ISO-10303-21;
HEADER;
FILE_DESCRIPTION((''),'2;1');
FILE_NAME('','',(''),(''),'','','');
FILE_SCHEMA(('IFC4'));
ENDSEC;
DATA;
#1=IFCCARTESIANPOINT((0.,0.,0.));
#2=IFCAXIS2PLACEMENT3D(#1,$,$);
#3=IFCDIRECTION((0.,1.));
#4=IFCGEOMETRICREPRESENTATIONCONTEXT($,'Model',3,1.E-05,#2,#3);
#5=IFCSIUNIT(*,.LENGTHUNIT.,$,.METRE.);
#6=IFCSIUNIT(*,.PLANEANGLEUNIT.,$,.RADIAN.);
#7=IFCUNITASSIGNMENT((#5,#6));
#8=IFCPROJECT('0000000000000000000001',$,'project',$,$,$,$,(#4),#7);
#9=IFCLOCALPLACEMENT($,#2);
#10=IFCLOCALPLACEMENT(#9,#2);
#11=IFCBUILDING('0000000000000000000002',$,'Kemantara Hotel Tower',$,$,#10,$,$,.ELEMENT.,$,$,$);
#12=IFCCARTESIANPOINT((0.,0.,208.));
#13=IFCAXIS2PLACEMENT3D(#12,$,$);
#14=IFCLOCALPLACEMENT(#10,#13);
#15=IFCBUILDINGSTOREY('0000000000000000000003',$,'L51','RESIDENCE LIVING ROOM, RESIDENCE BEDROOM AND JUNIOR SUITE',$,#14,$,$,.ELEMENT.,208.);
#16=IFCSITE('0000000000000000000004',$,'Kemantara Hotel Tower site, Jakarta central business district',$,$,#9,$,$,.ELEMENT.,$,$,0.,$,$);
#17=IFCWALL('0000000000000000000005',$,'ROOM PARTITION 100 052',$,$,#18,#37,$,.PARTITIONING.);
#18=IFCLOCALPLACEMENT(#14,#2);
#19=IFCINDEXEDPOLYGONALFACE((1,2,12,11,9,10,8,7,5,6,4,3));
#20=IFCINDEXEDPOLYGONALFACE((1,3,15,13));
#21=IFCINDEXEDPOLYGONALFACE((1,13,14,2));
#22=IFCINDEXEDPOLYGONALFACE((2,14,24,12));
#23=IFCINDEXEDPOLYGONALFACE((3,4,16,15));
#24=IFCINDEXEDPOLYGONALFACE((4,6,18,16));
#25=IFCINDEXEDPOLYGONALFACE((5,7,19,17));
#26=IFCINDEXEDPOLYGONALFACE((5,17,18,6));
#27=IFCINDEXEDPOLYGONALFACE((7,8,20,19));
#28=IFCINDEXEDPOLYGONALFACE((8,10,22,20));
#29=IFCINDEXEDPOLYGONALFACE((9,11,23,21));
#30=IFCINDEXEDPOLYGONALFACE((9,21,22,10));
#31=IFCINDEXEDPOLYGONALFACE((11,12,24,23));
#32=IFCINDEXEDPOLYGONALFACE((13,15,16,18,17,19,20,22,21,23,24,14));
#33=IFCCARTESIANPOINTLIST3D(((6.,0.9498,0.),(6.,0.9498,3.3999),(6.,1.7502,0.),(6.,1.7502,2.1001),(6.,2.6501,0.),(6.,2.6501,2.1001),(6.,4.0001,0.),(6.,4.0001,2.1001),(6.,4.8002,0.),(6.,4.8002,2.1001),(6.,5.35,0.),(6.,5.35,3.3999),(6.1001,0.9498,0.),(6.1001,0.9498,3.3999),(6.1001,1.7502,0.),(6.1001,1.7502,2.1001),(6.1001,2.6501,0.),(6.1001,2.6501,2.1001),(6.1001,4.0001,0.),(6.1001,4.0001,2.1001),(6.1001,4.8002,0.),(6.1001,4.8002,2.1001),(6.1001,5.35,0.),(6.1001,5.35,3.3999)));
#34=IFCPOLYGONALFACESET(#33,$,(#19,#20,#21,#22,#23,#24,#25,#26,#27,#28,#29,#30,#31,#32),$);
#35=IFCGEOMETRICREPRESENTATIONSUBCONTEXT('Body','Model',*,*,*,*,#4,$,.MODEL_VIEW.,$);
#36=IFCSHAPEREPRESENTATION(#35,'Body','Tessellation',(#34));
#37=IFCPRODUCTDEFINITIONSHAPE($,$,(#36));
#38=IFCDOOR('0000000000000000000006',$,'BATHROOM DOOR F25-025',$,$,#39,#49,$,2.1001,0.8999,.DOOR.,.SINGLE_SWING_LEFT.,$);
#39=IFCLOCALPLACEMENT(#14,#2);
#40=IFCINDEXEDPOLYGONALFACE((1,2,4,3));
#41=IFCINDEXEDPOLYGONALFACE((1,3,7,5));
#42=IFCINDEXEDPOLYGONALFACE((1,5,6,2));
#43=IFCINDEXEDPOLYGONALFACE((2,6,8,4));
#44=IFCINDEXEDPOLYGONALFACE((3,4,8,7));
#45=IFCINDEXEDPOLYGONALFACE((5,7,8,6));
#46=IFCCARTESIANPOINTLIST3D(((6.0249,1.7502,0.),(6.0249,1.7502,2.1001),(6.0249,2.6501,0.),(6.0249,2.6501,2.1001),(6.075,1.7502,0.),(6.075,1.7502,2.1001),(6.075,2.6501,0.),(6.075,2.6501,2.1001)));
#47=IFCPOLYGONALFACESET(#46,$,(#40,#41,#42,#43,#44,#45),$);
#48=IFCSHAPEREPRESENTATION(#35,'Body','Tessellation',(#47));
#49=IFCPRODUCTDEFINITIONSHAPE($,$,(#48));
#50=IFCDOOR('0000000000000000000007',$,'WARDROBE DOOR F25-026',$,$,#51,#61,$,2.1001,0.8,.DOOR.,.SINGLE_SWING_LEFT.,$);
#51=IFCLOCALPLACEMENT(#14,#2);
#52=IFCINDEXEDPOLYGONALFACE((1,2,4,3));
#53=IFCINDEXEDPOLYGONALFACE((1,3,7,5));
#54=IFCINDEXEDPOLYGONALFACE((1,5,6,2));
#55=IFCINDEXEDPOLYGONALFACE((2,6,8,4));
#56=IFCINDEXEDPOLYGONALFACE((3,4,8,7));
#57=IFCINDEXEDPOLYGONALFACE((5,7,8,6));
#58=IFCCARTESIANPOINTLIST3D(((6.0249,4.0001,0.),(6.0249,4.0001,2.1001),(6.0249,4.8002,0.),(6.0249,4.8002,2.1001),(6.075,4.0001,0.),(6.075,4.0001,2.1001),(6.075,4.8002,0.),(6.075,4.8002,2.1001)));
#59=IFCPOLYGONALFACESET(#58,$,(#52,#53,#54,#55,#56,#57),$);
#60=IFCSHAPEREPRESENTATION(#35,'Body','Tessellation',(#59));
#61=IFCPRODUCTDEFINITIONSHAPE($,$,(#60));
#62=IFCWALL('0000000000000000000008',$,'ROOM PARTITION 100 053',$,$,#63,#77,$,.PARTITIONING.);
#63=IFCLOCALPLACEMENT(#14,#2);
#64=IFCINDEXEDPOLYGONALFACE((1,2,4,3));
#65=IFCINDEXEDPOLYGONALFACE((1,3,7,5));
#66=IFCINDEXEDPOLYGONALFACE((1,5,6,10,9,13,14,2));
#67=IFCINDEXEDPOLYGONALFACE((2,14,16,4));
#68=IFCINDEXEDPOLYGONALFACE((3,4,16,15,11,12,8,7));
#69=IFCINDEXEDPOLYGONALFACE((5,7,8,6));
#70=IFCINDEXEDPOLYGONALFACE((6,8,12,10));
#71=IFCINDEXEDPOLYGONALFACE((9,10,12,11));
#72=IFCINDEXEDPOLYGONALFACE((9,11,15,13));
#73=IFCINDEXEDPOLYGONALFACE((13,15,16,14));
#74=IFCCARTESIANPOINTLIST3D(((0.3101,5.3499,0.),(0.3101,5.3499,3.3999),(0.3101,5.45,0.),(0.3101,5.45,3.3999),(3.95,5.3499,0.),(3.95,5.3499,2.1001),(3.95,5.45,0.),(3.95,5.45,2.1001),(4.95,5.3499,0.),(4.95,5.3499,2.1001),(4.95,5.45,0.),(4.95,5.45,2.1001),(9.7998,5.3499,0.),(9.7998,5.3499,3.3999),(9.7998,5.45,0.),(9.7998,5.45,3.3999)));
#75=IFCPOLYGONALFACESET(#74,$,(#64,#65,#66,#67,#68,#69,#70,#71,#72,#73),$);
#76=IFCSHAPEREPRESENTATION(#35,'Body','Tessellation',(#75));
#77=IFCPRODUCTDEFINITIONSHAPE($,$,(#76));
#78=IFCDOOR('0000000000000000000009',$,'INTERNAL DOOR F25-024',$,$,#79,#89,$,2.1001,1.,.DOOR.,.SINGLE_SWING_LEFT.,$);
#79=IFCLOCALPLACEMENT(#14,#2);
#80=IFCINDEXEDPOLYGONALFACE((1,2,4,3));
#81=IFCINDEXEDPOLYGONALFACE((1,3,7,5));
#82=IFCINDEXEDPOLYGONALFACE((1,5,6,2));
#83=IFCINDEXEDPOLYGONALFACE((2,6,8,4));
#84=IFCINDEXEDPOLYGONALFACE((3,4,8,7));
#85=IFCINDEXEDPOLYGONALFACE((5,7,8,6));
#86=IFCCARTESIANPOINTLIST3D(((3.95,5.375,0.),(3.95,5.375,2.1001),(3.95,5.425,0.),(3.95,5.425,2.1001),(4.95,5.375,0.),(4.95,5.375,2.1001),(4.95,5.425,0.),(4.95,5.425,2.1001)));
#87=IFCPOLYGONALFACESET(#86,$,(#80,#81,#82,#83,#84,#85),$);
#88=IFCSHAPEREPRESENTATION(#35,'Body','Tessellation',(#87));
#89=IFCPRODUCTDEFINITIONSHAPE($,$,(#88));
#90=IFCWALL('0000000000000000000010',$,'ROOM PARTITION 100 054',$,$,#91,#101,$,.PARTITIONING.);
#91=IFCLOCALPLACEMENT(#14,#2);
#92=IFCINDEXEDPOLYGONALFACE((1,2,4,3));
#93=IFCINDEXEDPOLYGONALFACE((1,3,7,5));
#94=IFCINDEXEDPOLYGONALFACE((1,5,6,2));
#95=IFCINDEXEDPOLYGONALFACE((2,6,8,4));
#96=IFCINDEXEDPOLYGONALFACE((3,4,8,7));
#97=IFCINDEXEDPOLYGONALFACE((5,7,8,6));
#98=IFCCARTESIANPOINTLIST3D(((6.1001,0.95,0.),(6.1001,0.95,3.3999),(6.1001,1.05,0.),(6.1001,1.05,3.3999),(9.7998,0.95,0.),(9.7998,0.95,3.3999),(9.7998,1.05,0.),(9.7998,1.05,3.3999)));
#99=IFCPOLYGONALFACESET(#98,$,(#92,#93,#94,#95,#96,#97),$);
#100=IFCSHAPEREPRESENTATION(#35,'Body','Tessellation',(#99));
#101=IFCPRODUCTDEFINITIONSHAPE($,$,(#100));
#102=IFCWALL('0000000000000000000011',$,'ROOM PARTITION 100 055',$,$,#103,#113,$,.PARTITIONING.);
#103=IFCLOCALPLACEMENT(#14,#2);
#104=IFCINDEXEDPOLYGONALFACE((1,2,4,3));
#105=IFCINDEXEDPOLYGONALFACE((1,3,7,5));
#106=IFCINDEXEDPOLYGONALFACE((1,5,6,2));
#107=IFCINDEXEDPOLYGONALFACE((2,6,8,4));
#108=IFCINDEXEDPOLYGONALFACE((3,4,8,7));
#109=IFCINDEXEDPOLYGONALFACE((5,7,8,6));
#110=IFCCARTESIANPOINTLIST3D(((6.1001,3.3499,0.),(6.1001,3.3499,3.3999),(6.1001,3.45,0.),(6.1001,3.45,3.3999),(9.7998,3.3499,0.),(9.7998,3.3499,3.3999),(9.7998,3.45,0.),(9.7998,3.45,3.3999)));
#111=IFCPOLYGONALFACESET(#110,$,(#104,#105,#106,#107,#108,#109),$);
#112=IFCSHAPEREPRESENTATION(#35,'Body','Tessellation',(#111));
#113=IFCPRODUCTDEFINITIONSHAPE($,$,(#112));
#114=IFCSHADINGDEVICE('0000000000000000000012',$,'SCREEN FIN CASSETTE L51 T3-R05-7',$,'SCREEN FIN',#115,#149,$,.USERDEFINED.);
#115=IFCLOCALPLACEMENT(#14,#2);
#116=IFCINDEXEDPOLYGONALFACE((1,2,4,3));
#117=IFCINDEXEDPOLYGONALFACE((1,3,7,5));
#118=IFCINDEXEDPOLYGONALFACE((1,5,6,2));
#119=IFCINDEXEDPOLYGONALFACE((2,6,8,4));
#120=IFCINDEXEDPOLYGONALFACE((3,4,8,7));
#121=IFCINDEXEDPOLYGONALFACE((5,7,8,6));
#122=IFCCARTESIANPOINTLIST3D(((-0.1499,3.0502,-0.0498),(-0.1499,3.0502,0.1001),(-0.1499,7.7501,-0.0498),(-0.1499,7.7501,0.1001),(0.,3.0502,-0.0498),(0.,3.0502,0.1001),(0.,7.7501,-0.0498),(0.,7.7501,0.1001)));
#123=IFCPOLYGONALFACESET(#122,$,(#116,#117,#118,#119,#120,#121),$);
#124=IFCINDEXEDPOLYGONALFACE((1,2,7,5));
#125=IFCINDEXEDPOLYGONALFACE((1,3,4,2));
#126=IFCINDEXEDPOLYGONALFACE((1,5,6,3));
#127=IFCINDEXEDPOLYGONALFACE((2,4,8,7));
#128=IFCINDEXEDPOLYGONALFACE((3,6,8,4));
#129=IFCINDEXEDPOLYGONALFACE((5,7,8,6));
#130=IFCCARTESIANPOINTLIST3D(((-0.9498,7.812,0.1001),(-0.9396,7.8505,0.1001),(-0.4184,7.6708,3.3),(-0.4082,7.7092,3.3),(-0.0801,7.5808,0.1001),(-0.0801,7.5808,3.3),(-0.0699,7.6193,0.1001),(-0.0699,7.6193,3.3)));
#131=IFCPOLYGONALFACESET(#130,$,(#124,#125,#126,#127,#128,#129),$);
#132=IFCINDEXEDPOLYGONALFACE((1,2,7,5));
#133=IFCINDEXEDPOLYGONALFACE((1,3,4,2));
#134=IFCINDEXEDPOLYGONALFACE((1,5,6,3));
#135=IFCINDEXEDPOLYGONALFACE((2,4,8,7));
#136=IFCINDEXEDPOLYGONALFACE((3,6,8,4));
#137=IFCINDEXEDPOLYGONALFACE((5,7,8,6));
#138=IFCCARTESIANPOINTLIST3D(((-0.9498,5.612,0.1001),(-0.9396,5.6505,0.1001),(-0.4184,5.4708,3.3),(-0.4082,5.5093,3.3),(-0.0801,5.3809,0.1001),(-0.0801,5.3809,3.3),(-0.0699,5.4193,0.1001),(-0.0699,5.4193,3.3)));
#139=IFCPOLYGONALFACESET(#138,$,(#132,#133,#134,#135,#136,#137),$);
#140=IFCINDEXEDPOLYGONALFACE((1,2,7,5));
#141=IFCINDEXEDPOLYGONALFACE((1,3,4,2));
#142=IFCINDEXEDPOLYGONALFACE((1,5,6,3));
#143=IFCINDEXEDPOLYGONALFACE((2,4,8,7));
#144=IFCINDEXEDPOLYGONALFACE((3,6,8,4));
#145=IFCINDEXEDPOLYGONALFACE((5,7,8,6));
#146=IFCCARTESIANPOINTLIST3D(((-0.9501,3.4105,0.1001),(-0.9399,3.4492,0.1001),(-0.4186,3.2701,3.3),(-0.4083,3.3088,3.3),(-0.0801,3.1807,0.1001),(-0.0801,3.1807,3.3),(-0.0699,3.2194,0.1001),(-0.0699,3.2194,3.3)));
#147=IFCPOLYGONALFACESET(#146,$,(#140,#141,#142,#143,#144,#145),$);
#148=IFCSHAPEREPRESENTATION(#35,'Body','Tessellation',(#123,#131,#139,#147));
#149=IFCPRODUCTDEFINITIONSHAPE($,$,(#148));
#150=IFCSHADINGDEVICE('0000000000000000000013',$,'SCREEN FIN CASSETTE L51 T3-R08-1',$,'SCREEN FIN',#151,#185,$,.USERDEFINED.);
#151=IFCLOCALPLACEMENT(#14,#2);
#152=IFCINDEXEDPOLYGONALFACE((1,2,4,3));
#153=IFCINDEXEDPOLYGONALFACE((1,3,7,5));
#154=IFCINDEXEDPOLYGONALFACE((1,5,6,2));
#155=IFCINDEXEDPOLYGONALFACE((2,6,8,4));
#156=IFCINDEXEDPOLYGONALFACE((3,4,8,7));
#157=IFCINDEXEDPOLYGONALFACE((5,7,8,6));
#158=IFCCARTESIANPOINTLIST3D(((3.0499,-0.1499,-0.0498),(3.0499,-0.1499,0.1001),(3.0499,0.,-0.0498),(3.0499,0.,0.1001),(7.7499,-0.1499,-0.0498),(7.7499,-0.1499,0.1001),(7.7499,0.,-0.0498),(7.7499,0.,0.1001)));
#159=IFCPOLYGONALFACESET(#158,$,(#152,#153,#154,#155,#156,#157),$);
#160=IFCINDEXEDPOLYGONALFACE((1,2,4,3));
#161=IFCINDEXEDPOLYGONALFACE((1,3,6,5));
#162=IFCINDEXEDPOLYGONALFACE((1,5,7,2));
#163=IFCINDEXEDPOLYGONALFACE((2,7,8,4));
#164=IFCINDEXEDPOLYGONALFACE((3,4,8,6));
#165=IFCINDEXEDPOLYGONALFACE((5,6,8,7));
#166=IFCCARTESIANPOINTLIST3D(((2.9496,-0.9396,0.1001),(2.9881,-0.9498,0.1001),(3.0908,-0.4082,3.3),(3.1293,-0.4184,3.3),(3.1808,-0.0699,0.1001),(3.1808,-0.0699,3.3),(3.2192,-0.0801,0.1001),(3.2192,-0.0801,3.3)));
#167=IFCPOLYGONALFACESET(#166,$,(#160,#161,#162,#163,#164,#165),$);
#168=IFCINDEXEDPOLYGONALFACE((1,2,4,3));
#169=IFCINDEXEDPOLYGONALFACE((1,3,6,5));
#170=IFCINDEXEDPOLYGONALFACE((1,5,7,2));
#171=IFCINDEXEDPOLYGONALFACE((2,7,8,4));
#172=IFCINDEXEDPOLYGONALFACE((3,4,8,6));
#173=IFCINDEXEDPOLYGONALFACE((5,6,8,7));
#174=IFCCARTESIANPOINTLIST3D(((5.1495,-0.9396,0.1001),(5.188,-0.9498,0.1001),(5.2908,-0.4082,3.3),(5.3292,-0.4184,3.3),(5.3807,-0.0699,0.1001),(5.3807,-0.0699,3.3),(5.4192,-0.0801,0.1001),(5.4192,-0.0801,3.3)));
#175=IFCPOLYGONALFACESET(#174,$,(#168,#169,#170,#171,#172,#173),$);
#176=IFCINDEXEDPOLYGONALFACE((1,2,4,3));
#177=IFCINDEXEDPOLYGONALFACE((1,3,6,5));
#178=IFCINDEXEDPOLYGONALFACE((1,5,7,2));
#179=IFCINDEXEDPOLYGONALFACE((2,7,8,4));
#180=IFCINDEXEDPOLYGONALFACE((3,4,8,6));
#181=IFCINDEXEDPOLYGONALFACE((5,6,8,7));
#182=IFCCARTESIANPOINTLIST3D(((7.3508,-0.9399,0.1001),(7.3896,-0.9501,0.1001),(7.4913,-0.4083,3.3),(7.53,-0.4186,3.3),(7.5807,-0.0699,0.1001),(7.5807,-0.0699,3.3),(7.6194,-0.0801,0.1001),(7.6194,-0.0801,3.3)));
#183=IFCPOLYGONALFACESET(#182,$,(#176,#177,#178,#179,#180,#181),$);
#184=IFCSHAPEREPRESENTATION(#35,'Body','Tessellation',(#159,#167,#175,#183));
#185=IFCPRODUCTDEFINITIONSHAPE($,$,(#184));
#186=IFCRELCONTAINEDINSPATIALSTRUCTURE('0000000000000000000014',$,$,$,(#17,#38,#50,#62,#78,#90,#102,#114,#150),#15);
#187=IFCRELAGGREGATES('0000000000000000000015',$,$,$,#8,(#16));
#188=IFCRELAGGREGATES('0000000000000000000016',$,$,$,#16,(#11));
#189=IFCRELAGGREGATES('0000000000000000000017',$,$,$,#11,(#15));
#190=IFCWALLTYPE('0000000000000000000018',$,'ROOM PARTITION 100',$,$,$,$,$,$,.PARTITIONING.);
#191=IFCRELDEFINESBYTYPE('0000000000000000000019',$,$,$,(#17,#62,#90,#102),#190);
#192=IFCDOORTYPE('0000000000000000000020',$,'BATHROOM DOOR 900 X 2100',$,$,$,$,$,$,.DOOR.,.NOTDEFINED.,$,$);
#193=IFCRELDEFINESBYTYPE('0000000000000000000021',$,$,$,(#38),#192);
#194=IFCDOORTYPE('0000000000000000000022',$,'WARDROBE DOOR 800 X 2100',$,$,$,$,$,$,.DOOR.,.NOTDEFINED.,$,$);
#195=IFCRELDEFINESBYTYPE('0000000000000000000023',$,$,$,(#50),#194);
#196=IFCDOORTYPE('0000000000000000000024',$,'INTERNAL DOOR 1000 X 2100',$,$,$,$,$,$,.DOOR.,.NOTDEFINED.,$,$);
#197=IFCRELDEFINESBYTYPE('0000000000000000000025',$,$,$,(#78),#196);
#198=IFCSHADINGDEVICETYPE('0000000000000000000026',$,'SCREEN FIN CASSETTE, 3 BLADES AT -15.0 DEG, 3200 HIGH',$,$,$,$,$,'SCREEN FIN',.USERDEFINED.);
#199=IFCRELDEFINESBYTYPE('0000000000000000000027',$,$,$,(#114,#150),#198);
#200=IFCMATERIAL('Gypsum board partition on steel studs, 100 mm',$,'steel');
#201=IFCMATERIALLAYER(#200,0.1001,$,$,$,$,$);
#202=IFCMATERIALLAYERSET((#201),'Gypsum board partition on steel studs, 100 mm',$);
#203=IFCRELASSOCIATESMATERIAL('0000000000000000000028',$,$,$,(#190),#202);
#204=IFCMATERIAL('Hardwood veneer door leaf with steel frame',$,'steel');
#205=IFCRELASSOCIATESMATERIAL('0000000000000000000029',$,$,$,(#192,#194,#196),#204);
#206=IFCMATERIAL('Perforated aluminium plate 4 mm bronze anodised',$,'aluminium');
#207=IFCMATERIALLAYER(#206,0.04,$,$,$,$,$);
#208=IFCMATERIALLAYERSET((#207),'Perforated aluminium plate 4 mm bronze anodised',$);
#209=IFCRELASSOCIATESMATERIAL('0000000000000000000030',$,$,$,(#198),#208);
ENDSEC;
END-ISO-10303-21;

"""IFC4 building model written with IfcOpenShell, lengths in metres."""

from ifc_helpers import new_model, si_unit, direction, frame, frame_2d, origin, origin_2d, place, context, subcontext, project, spatial, polyline, rectangle, outline, extrude, source, transform, mapped, material, layer, layer_set, type_object, element, fill, save


model = new_model("IFC4")

# Units and contexts
model_context = context("Model", 3, precision=1e-05, world=origin(), true_north=direction((0.0, 1.0)))
body_context = subcontext(model_context, "Body", "Model", "MODEL_VIEW")
ifc_project = project(units=[si_unit("LENGTHUNIT", "METRE"), si_unit("PLANEANGLEUNIT", "RADIAN")], contexts=[model_context])

# Site, building, storey
site_placement = place(None, origin())
site = spatial("IfcSite", under=ifc_project, at=site_placement, Name="Kemantara Hotel Tower site, Jakarta central business district", CompositionType="ELEMENT", RefElevation=0.0)
building_placement = place(site_placement, origin())
building = spatial("IfcBuilding", under=site, at=building_placement, Name="Kemantara Hotel Tower", CompositionType="ELEMENT")
storey_placement = place(building_placement, frame((0.0, 0.0, 208.0)))
storey = spatial("IfcBuildingStorey", under=building, at=storey_placement, Name="L51", Description="RESIDENCE LIVING ROOM, RESIDENCE BEDROOM AND JUNIOR SUITE", CompositionType="ELEMENT", Elevation=208.0)

# Wall, openings, doors
ifc_material_1 = material(Name="Hardwood veneer door leaf with steel frame", Category="steel")
ifc_material_2 = material(Name="Gypsum board partition on steel studs, 100 mm", Category="steel")
ifc_layer_1 = layer(ifc_material_2, 0.1001)
ifc_layer_set_1 = layer_set([ifc_layer_1], Name="Gypsum board partition on steel studs, 100 mm")
wall_type_1 = type_object("IfcWallType", Name="ROOM PARTITION 100", PredefinedType="PARTITIONING", material=ifc_layer_set_1)
wall_1_placement = place(storey_placement, frame((6.05, 5.3501, 0.0), z_axis=(0.0, 0.0, 1.0), x_axis=(0.0, -1.0, 0.0)))
wall_1 = element("IfcWall", 1, at=wall_1_placement, inside=storey, type_object=wall_type_1, Name="ROOM PARTITION 100 052", PredefinedType="PARTITIONING", context=body_context, shape_type="SweptSolid", body=[
    extrude(rectangle(XDim=4.4001, YDim=0.1001, at=frame_2d((2.2002, 0.0))), origin(), (0.0, 0.0, 1.0), 3.3999),
])
opening_1_placement = place(wall_1_placement, frame((2.7, 0.0, 0.0)))
opening_1 = element("IfcOpeningElement", 2, at=opening_1_placement, cuts=wall_1, PredefinedType="OPENING", context=body_context, shape_type="SweptSolid", body=[
    extrude(rectangle(XDim=0.8999, YDim=2.1001, at=frame_2d((0.45, 1.05))), frame((0.0, 0.0601, 0.0), z_axis=(0.0, -1.0, 0.0), x_axis=(1.0, 0.0, 0.0)), (0.0, 0.0, 1.0), 0.1201),
])
opening_2_placement = place(wall_1_placement, frame((0.55, 0.0, 0.0)))
opening_2 = element("IfcOpeningElement", 3, at=opening_2_placement, cuts=wall_1, PredefinedType="OPENING", context=body_context, shape_type="SweptSolid", body=[
    extrude(rectangle(XDim=0.8, YDim=2.1001, at=frame_2d((0.3999, 1.05))), frame((0.0, 0.0601, 0.0), z_axis=(0.0, -1.0, 0.0), x_axis=(1.0, 0.0, 0.0)), (0.0, 0.0, 1.0), 0.1201),
])
door_type_1 = type_object("IfcDoorType", Name="BATHROOM DOOR 900 X 2100", OperationType="NOTDEFINED", PredefinedType="DOOR", material=ifc_material_1)
door_1_placement = place(opening_1_placement, origin())
door_1 = element("IfcDoor", 4, at=door_1_placement, inside=storey, type_object=door_type_1, Name="BATHROOM DOOR F25-025", OperationType="SINGLE_SWING_LEFT", OverallHeight=2.1001, OverallWidth=0.8999, PredefinedType="DOOR", context=body_context, shape_type="SweptSolid", body=[
    extrude(rectangle(XDim=0.8999, YDim=2.1001, at=frame_2d((0.45, 1.05))), frame((0.0, 0.0249, 0.0), z_axis=(0.0, -1.0, 0.0), x_axis=(1.0, 0.0, 0.0)), (0.0, 0.0, 1.0), 0.05),
])
fill(opening_1, door_1)
door_type_2 = type_object("IfcDoorType", Name="WARDROBE DOOR 800 X 2100", OperationType="NOTDEFINED", PredefinedType="DOOR", material=ifc_material_1)
door_2_placement = place(opening_2_placement, origin())
door_2 = element("IfcDoor", 5, at=door_2_placement, inside=storey, type_object=door_type_2, Name="WARDROBE DOOR F25-026", OperationType="SINGLE_SWING_LEFT", OverallHeight=2.1001, OverallWidth=0.8, PredefinedType="DOOR", context=body_context, shape_type="SweptSolid", body=[
    extrude(rectangle(XDim=0.8, YDim=2.1001, at=frame_2d((0.3999, 1.05))), frame((0.0, 0.0249, 0.0), z_axis=(0.0, -1.0, 0.0), x_axis=(1.0, 0.0, 0.0)), (0.0, 0.0, 1.0), 0.05),
])
fill(opening_2, door_2)

# Wall, opening, door
wall_2_placement = place(storey_placement, frame((9.7998, 5.3999, 0.0), z_axis=(0.0, 0.0, 1.0), x_axis=(-1.0, 0.0, 0.0)))
wall_2 = element("IfcWall", 6, at=wall_2_placement, inside=storey, type_object=wall_type_1, Name="ROOM PARTITION 100 053", PredefinedType="PARTITIONING", context=body_context, shape_type="SweptSolid", body=[
    extrude(rectangle(XDim=9.4897, YDim=0.1001, at=frame_2d((4.7449, 0.0))), origin(), (0.0, 0.0, 1.0), 3.3999),
])
opening_3_placement = place(wall_2_placement, frame((4.8499, 0.0, 0.0)))
opening_3 = element("IfcOpeningElement", 7, at=opening_3_placement, cuts=wall_2, PredefinedType="OPENING", context=body_context, shape_type="SweptSolid", body=[
    extrude(rectangle(XDim=1.0, YDim=2.1001, at=frame_2d((0.5, 1.05))), frame((0.0, 0.0601, 0.0), z_axis=(0.0, -1.0, 0.0), x_axis=(1.0, 0.0, 0.0)), (0.0, 0.0, 1.0), 0.1201),
])
door_type_3 = type_object("IfcDoorType", Name="INTERNAL DOOR 1000 X 2100", OperationType="NOTDEFINED", PredefinedType="DOOR", material=ifc_material_1)
door_3_placement = place(opening_3_placement, origin())
door_3 = element("IfcDoor", 8, at=door_3_placement, inside=storey, type_object=door_type_3, Name="INTERNAL DOOR F25-024", OperationType="SINGLE_SWING_LEFT", OverallHeight=2.1001, OverallWidth=1.0, PredefinedType="DOOR", context=body_context, shape_type="SweptSolid", body=[
    extrude(rectangle(XDim=1.0, YDim=2.1001, at=frame_2d((0.5, 1.05))), frame((0.0, 0.0249, 0.0), z_axis=(0.0, -1.0, 0.0), x_axis=(1.0, 0.0, 0.0)), (0.0, 0.0, 1.0), 0.05),
])
fill(opening_3, door_3)

# Walls
for number, where, z_axis, x_axis, name in (
    (9, (6.1001, 1.0, 0.0), (0.0, 0.0, 1.0), (1.0, 0.0, 0.0), "ROOM PARTITION 100 054"),
    (10, (6.1001, 3.3999, 0.0), (0.0, 0.0, 1.0), (1.0, 0.0, 0.0), "ROOM PARTITION 100 055"),
):
    element("IfcWall", number, at=place(storey_placement, frame(where, z_axis=z_axis, x_axis=x_axis)), inside=storey, type_object=wall_type_1, Name=name, PredefinedType="PARTITIONING", context=body_context, shape_type="SweptSolid", body=[
        extrude(rectangle(XDim=3.6997, YDim=0.1001, at=frame_2d((1.8499, 0.0))), origin(), (0.0, 0.0, 1.0), 3.3999),
    ])

# Shading devices
ifc_material_3 = material(Name="Perforated aluminium plate 4 mm bronze anodised", Category="aluminium")
ifc_layer_2 = layer(ifc_material_3, 0.04)
ifc_layer_set_2 = layer_set([ifc_layer_2], Name="Perforated aluminium plate 4 mm bronze anodised")
shading_device_type_1 = type_object("IfcShadingDeviceType", Name="SCREEN FIN CASSETTE, 3 BLADES AT -15.0 DEG, 3200 HIGH", ElementType="SCREEN FIN", PredefinedType="USERDEFINED", material=ifc_layer_set_2)
shared_shape_1 = source(origin(), body_context, "Body", "SweptSolid", [
    extrude(rectangle(XDim=4.7, YDim=0.1499, at=origin_2d()), frame((2.2, -0.075, -0.1499), z_axis=(0.0, 0.0, 1.0), x_axis=(1.0, 0.0, 0.0)), (0.0, 0.0, 1.0), 0.1499),
    extrude(outline(polyline([(0.0, 0.0), (0.8999, 0.0), (0.3501, 3.2), (0.0, 3.2), (0.0, 0.0)])), frame((0.0193, -0.0801, 0.0), z_axis=(-0.966438, 0.256901, 0.0), x_axis=(-0.256901, -0.966438, 0.0)), (0.0, 0.0, 1.0), 0.0398),
    extrude(outline(polyline([(0.0, 0.0), (0.8999, 0.0), (0.3501, 3.2), (0.0, 3.2), (0.0, 0.0)])), frame((2.2192, -0.0801, 0.0), z_axis=(-0.966438, 0.256901, 0.0), x_axis=(-0.256901, -0.966438, 0.0)), (0.0, 0.0, 1.0), 0.0398),
    extrude(outline(polyline([(0.0, 0.0), (0.8999, 0.0), (0.3501, 3.2), (0.0, 3.2), (0.0, 0.0)])), frame((4.4194, -0.0801, 0.0), z_axis=(-0.966838, 0.255391, 0.0), x_axis=(-0.255391, -0.966838, 0.0)), (0.0, 0.0, 1.0), 0.04),
])
for number, where, z_axis, x_axis, name in (
    (11, (0.0, 7.6001, 0.1001), (0.0, 0.0, 1.0), (0.0, -1.0, 0.0), "SCREEN FIN CASSETTE L51 T3-R05-7"),
    (12, (3.2, 0.0, 0.1001), (0.0, 0.0, 1.0), (1.0, 0.0, 0.0), "SCREEN FIN CASSETTE L51 T3-R08-1"),
):
    element("IfcShadingDevice", number, at=place(storey_placement, frame(where, z_axis=z_axis, x_axis=x_axis)), inside=storey, type_object=shading_device_type_1, Name=name, ObjectType="SCREEN FIN", PredefinedType="USERDEFINED", context=body_context, shape_type="MappedRepresentation", body=[
        mapped(shared_shape_1, transform((0.0, 0.0, 0.0))),
    ])

save(model, "model.ifc")
